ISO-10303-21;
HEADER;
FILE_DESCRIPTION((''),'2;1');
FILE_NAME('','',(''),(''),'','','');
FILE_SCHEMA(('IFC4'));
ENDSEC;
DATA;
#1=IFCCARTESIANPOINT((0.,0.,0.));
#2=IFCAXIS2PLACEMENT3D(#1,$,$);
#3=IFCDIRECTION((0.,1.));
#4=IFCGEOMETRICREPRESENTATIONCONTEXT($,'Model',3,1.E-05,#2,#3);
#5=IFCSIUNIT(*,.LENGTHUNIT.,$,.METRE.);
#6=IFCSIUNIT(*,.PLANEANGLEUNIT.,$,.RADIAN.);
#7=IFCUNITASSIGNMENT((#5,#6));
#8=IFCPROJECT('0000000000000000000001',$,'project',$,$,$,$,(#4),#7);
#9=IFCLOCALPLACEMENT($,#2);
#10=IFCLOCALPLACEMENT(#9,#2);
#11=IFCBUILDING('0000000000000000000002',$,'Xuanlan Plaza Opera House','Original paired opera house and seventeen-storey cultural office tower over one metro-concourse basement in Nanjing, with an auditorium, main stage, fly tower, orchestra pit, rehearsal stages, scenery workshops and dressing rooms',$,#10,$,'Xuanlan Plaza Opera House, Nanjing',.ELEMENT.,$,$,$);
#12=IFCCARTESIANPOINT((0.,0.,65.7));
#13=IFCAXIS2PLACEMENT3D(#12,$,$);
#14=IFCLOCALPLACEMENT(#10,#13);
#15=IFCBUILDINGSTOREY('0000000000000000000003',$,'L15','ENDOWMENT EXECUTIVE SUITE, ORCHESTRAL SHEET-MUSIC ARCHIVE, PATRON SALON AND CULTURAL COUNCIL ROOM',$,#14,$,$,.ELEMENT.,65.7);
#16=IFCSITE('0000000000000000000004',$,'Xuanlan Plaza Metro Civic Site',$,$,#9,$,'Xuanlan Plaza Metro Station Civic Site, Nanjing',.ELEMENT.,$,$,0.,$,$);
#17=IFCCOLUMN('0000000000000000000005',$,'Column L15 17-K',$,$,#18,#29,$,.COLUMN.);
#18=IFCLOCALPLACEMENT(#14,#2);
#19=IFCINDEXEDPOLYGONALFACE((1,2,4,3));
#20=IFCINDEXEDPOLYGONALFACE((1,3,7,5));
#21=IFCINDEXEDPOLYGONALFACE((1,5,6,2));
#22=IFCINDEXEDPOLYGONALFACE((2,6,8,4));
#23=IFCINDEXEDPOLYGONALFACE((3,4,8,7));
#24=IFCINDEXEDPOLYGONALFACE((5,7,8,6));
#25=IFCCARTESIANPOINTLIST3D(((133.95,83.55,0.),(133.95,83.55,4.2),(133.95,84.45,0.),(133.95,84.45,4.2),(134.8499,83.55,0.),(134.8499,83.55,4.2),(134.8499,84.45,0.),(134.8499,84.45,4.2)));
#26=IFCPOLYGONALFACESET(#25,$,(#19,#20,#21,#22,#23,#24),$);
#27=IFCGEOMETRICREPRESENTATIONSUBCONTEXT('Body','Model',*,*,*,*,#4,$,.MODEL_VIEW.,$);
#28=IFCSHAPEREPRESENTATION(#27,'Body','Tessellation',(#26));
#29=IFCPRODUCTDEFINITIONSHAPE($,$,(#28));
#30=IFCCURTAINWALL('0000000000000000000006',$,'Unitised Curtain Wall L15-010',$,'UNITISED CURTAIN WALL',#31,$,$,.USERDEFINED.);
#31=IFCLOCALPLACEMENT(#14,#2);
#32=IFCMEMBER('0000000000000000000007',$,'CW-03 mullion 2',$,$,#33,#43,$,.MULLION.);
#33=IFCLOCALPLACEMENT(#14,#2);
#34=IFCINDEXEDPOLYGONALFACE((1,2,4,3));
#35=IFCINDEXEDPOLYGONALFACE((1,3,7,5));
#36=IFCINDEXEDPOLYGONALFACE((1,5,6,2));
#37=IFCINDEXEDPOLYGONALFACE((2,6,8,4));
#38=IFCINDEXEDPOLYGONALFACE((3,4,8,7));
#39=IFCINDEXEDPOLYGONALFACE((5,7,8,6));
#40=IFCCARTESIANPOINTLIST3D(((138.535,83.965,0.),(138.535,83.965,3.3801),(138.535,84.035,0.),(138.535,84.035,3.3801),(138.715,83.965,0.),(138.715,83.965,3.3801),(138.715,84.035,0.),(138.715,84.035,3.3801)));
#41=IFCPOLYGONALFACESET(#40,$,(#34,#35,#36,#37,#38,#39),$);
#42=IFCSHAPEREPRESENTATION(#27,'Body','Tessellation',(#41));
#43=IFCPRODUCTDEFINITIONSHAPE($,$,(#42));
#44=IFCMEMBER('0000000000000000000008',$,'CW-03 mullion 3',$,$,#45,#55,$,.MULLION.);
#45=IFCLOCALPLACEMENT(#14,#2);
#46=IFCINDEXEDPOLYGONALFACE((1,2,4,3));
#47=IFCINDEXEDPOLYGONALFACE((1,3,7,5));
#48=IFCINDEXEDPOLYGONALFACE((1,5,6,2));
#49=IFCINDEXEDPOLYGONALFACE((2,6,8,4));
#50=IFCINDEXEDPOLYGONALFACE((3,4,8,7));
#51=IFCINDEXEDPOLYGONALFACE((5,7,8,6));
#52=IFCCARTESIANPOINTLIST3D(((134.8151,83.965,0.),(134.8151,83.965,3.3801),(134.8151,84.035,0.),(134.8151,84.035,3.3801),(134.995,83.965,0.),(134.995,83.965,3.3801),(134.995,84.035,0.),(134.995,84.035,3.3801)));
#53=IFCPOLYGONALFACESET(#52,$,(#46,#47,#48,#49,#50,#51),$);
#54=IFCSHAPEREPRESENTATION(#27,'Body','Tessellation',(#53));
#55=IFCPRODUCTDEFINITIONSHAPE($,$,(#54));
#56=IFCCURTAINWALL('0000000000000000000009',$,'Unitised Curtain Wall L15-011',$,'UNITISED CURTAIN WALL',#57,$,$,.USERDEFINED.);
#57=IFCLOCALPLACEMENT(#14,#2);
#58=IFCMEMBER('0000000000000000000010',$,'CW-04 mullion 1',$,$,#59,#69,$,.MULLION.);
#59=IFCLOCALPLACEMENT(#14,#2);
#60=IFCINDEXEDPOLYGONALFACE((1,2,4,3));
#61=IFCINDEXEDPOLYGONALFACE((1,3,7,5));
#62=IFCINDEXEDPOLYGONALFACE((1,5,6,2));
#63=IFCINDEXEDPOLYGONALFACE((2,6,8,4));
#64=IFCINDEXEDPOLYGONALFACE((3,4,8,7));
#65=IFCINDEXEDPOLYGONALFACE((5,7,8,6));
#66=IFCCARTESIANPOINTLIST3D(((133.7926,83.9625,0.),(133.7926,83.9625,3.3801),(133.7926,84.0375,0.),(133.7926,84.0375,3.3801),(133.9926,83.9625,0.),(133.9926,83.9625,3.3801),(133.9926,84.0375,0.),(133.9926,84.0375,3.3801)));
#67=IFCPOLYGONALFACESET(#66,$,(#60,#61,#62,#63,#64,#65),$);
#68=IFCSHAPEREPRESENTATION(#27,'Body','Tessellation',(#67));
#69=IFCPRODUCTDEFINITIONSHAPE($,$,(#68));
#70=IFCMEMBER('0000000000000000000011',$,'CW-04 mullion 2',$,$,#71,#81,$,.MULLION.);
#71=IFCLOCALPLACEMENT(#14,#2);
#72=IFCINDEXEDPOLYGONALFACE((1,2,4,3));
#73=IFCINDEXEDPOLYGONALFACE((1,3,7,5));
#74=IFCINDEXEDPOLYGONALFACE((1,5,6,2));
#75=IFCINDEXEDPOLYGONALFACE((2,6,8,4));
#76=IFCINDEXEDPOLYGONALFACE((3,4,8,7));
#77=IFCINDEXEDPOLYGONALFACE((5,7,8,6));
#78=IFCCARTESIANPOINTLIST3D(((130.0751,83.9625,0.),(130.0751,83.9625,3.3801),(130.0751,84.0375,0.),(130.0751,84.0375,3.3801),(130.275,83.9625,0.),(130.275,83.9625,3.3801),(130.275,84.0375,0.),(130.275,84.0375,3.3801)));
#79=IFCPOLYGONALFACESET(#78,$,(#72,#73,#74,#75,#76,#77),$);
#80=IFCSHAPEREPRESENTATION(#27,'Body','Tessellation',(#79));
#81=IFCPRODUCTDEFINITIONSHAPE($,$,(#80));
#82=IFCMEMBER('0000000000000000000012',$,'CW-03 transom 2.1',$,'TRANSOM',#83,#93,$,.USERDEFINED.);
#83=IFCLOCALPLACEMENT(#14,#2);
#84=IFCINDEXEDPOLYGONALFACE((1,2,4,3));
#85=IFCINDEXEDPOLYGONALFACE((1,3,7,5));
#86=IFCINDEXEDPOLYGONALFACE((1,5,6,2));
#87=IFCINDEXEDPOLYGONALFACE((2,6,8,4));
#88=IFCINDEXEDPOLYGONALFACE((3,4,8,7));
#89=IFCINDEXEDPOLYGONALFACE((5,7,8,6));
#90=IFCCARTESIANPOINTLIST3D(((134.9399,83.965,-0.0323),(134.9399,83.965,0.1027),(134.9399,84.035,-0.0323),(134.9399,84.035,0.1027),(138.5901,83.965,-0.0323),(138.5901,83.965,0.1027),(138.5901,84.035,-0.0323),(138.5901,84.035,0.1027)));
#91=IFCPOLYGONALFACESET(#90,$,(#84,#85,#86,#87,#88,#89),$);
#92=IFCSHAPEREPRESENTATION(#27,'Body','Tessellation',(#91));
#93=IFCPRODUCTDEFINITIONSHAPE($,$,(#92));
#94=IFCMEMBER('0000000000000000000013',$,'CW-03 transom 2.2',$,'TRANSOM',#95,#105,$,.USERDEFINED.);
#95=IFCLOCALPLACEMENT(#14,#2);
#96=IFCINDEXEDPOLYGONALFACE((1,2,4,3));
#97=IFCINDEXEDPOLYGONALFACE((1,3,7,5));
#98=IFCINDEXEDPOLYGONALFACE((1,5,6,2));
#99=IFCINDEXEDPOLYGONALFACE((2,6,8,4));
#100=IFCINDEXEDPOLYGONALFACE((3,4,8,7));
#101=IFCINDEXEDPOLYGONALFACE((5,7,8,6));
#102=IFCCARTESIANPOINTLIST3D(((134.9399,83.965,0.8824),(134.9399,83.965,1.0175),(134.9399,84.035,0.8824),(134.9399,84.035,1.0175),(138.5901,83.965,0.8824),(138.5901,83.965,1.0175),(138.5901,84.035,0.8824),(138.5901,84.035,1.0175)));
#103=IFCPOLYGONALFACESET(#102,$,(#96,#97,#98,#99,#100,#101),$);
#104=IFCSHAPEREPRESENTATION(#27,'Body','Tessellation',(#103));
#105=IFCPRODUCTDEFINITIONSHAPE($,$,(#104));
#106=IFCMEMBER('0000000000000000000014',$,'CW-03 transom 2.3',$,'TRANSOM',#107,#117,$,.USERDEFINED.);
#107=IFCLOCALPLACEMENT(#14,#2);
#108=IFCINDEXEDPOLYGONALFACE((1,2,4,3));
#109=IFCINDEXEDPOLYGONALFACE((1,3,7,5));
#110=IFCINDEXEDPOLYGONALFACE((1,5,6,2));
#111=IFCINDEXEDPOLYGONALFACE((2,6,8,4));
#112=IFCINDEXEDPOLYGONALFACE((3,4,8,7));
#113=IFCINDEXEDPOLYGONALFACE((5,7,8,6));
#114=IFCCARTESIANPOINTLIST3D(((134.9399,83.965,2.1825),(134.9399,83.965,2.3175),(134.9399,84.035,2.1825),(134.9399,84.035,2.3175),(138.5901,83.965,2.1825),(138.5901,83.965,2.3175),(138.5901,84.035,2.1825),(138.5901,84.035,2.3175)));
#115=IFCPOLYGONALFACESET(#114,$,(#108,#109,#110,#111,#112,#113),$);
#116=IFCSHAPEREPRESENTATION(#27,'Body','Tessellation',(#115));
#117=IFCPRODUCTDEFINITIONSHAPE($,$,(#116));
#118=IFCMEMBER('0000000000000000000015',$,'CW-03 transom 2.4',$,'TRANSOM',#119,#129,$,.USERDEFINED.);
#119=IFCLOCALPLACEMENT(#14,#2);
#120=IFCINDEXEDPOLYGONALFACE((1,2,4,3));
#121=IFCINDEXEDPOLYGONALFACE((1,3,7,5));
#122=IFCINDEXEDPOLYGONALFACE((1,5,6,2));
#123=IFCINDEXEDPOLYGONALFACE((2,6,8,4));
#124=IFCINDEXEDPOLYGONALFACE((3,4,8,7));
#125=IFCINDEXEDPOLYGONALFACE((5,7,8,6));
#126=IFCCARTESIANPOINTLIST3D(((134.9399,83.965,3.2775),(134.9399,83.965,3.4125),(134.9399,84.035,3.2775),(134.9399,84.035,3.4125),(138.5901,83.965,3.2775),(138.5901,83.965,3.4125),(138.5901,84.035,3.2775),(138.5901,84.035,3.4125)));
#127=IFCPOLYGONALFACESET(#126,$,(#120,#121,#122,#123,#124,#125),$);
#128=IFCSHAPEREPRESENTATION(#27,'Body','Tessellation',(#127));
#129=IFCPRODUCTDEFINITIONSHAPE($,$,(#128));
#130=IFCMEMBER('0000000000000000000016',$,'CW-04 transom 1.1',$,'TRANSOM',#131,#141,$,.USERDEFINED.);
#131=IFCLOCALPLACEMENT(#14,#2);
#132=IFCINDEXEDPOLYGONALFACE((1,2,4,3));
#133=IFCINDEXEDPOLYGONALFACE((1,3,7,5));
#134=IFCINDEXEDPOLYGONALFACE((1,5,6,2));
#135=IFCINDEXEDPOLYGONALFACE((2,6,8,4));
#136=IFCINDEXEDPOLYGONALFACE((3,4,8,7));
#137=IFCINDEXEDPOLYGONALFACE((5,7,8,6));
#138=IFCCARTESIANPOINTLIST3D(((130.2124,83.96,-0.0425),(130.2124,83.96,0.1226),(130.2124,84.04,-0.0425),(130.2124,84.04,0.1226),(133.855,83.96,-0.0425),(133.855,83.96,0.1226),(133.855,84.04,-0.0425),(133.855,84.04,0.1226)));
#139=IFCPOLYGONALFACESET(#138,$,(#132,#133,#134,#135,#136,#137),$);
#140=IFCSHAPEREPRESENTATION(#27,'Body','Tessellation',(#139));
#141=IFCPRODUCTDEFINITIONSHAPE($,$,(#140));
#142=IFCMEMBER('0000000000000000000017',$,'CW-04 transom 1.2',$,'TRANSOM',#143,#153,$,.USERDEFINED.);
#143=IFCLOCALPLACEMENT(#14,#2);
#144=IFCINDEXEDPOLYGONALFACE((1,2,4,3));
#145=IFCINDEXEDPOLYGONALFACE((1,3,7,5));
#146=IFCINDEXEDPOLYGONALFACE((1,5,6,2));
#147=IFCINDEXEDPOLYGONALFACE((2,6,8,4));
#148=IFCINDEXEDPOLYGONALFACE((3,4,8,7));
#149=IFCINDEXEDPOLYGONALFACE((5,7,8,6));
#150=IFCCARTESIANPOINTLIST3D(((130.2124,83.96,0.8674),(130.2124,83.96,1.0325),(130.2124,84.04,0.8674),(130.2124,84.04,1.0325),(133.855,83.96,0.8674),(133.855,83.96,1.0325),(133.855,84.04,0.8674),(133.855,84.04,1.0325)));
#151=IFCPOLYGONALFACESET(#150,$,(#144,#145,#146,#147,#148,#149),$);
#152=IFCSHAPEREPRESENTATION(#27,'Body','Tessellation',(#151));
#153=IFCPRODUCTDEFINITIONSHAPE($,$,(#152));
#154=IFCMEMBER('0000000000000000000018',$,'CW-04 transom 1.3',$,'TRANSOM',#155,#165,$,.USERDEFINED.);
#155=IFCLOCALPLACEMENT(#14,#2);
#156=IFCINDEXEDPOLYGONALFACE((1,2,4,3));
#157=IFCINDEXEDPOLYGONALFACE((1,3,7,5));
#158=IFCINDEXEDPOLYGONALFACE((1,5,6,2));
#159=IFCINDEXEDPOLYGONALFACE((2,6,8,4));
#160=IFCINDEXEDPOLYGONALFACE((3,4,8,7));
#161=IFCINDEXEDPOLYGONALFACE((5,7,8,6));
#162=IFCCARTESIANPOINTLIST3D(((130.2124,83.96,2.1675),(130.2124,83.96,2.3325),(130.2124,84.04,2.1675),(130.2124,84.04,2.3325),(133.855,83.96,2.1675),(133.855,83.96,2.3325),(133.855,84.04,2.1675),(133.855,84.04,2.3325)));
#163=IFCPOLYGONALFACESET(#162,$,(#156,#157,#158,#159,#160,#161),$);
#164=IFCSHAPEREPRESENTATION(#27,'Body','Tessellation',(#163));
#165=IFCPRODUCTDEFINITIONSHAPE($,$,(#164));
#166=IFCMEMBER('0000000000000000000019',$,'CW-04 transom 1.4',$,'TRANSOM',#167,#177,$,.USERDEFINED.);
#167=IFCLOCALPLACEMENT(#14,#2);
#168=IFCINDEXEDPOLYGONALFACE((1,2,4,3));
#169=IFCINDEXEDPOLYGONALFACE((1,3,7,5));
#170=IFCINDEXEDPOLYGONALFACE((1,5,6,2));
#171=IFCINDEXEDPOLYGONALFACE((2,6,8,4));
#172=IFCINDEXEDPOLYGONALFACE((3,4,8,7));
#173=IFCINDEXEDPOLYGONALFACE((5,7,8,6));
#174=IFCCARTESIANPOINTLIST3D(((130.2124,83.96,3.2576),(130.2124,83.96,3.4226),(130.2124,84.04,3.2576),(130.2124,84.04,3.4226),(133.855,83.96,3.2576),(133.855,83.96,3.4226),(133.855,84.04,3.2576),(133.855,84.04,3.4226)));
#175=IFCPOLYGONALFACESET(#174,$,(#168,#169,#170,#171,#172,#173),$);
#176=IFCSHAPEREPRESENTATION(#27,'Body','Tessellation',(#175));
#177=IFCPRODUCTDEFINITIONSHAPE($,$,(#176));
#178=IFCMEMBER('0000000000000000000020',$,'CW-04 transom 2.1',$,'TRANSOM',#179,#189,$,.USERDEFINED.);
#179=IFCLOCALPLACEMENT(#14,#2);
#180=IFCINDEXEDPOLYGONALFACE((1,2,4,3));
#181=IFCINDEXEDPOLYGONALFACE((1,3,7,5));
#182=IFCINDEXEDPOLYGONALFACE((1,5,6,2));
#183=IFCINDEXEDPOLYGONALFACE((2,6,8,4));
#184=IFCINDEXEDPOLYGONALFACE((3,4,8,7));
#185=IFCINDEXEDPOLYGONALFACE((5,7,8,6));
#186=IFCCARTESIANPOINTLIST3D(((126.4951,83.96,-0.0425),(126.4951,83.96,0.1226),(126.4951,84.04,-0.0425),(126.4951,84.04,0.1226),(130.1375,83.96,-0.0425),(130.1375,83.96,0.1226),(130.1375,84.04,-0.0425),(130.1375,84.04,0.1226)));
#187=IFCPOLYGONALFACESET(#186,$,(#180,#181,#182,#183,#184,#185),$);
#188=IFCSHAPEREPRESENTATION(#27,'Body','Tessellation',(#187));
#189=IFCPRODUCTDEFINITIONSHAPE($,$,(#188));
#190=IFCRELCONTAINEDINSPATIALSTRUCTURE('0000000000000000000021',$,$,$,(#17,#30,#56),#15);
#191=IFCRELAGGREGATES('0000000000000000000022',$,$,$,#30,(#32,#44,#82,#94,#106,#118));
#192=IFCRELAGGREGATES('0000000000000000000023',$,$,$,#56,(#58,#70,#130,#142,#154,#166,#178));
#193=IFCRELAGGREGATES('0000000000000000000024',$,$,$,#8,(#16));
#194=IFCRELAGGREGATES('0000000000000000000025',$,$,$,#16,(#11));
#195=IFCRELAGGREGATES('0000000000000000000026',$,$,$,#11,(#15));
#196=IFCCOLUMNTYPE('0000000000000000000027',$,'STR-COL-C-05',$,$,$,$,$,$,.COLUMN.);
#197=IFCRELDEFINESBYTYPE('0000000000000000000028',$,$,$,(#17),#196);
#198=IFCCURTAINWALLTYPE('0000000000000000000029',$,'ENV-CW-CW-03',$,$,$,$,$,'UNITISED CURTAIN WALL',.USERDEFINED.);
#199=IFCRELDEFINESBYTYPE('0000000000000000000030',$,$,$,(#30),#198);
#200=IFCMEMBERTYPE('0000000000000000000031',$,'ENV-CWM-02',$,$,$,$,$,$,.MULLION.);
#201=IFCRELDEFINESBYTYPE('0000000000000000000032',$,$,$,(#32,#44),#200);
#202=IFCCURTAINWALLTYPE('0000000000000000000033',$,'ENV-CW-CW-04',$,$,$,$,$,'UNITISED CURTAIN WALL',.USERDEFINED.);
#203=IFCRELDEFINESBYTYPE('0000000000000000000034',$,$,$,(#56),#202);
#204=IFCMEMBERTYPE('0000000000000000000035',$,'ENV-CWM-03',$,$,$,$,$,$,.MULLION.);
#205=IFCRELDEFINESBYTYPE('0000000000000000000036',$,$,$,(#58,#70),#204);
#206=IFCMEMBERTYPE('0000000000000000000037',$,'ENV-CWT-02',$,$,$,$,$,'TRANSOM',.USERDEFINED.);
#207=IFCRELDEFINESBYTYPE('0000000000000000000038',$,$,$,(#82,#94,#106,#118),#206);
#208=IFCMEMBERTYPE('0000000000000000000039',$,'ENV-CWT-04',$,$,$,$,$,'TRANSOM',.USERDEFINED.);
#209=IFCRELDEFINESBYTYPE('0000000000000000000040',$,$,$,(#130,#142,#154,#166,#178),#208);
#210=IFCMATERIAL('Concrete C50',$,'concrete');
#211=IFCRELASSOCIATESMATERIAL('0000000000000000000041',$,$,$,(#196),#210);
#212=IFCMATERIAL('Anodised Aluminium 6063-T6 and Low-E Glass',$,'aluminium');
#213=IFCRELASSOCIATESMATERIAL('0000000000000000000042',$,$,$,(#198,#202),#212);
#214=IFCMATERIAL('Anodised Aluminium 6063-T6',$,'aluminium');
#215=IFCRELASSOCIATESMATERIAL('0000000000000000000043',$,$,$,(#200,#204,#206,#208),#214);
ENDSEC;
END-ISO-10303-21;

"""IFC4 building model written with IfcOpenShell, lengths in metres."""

from ifc_helpers import new_model, si_unit, direction, frame, origin, origin_2d, place, context, subcontext, project, spatial, rectangle, extrude, material, material_profile, profile_set, type_object, element, aggregate, save


model = new_model("IFC4")

# Units and contexts
model_context = context("Model", 3, precision=1e-05, world=origin(), true_north=direction((0.0, 1.0)))
body_context = subcontext(model_context, "Body", "Model", "MODEL_VIEW")
ifc_project = project(units=[si_unit("LENGTHUNIT", "METRE"), si_unit("PLANEANGLEUNIT", "RADIAN")], contexts=[model_context])

# Site, building, storey
site_placement = place(None, origin())
site = spatial("IfcSite", under=ifc_project, at=site_placement, Name="Xuanlan Plaza Metro Civic Site", LongName="Xuanlan Plaza Metro Station Civic Site, Nanjing", CompositionType="ELEMENT", RefElevation=0.0)
building_placement = place(site_placement, origin())
building = spatial("IfcBuilding", under=site, at=building_placement, Name="Xuanlan Plaza Opera House", Description="Original paired opera house and seventeen-storey cultural office tower over one metro-concourse basement in Nanjing, with an auditorium, main stage, fly tower, orchestra pit, rehearsal stages, scenery workshops and dressing rooms", LongName="Xuanlan Plaza Opera House, Nanjing", CompositionType="ELEMENT")
storey_placement = place(building_placement, frame((0.0, 0.0, 65.7)))
storey = spatial("IfcBuildingStorey", under=building, at=storey_placement, Name="L15", Description="ENDOWMENT EXECUTIVE SUITE, ORCHESTRAL SHEET-MUSIC ARCHIVE, PATRON SALON AND CULTURAL COUNCIL ROOM", CompositionType="ELEMENT", Elevation=65.7)

# Column
ifc_material_1 = material(Name="Concrete C50", Category="concrete")
ifc_material_profile_1 = material_profile(ifc_material_1, rectangle(XDim=0.8999, YDim=0.8999, at=origin_2d()), Name="RC-COL 900x900")
ifc_profile_set_1 = profile_set([ifc_material_profile_1], Name="Concrete C50")
column_type = type_object("IfcColumnType", Name="STR-COL-C-05", PredefinedType="COLUMN", material=ifc_profile_set_1)
column_placement = place(storey_placement, frame((134.3999, 84.0, 0.0), z_axis=(0.0, 0.0, 1.0), x_axis=(1.0, 0.0, 0.0)))
element("IfcColumn", 1, at=column_placement, inside=storey, type_object=column_type, Name="Column L15 17-K", PredefinedType="COLUMN", context=body_context, shape_type="SweptSolid", body=[
    extrude(rectangle(XDim=0.8999, YDim=0.8999, at=origin_2d()), origin(), (0.0, 0.0, 1.0), 4.2),
])

# Curtain walls, members
ifc_material_2 = material(Name="Anodised Aluminium 6063-T6 and Low-E Glass", Category="aluminium")
curtain_wall_type_1 = type_object("IfcCurtainWallType", Name="ENV-CW-CW-03", ElementType="UNITISED CURTAIN WALL", PredefinedType="USERDEFINED", material=ifc_material_2)
curtain_wall_1_placement = place(storey_placement, origin())
curtain_wall_1 = element("IfcCurtainWall", 2, at=curtain_wall_1_placement, inside=storey, type_object=curtain_wall_type_1, Name="Unitised Curtain Wall L15-010", ObjectType="UNITISED CURTAIN WALL", PredefinedType="USERDEFINED")
ifc_material_3 = material(Name="Anodised Aluminium 6063-T6", Category="aluminium")
ifc_material_profile_2 = material_profile(ifc_material_3, rectangle(XDim=0.0701, YDim=0.1799, at=origin_2d()), Name="ALU-M 70x180")
ifc_profile_set_2 = profile_set([ifc_material_profile_2], Name="Anodised Aluminium 6063-T6")
member_type_1 = type_object("IfcMemberType", Name="ENV-CWM-02", PredefinedType="MULLION", material=ifc_profile_set_2)
member_1_placement = place(storey_placement, frame((138.625, 84.0, 0.0), z_axis=(0.0, 0.0, 1.0), x_axis=(0.0, -1.0, 0.0)))
member_1 = element("IfcMember", 3, at=member_1_placement, type_object=member_type_1, Name="CW-03 mullion 2", PredefinedType="MULLION", context=body_context, shape_type="SweptSolid", body=[
    extrude(rectangle(XDim=0.0701, YDim=0.1799, at=origin_2d()), origin(), (0.0, 0.0, 1.0), 3.3801),
])
member_2_placement = place(storey_placement, frame((134.905, 84.0, 0.0), z_axis=(0.0, 0.0, 1.0), x_axis=(0.0, -1.0, 0.0)))
member_2 = element("IfcMember", 4, at=member_2_placement, type_object=member_type_1, Name="CW-03 mullion 3", PredefinedType="MULLION", context=body_context, shape_type="SweptSolid", body=[
    extrude(rectangle(XDim=0.0701, YDim=0.1799, at=origin_2d()), origin(), (0.0, 0.0, 1.0), 3.3801),
])
curtain_wall_type_2 = type_object("IfcCurtainWallType", Name="ENV-CW-CW-04", ElementType="UNITISED CURTAIN WALL", PredefinedType="USERDEFINED", material=ifc_material_2)
curtain_wall_2_placement = place(storey_placement, origin())
curtain_wall_2 = element("IfcCurtainWall", 5, at=curtain_wall_2_placement, inside=storey, type_object=curtain_wall_type_2, Name="Unitised Curtain Wall L15-011", ObjectType="UNITISED CURTAIN WALL", PredefinedType="USERDEFINED")
ifc_material_profile_3 = material_profile(ifc_material_3, rectangle(XDim=0.075, YDim=0.2, at=origin_2d()), Name="ALU-M 75x200")
ifc_profile_set_3 = profile_set([ifc_material_profile_3], Name="Anodised Aluminium 6063-T6")
member_type_2 = type_object("IfcMemberType", Name="ENV-CWM-03", PredefinedType="MULLION", material=ifc_profile_set_3)
member_3_placement = place(storey_placement, frame((133.8926, 84.0, 0.0), z_axis=(0.0, 0.0, 1.0), x_axis=(0.0, -1.0, 0.0)))
member_3 = element("IfcMember", 6, at=member_3_placement, type_object=member_type_2, Name="CW-04 mullion 1", PredefinedType="MULLION", context=body_context, shape_type="SweptSolid", body=[
    extrude(rectangle(XDim=0.075, YDim=0.2, at=origin_2d()), origin(), (0.0, 0.0, 1.0), 3.3801),
])
member_4_placement = place(storey_placement, frame((130.175, 84.0, 0.0), z_axis=(0.0, 0.0, 1.0), x_axis=(0.0, -1.0, 0.0)))
member_4 = element("IfcMember", 7, at=member_4_placement, type_object=member_type_2, Name="CW-04 mullion 2", PredefinedType="MULLION", context=body_context, shape_type="SweptSolid", body=[
    extrude(rectangle(XDim=0.075, YDim=0.2, at=origin_2d()), origin(), (0.0, 0.0, 1.0), 3.3801),
])

# Members
ifc_material_profile_4 = material_profile(ifc_material_3, rectangle(XDim=0.0701, YDim=0.135, at=origin_2d()), Name="ALU-T 70x135")
ifc_profile_set_4 = profile_set([ifc_material_profile_4], Name="Anodised Aluminium 6063-T6")
member_type_3 = type_object("IfcMemberType", Name="ENV-CWT-02", ElementType="TRANSOM", PredefinedType="USERDEFINED", material=ifc_profile_set_4)
member_5_placement = place(storey_placement, frame((138.5901, 84.0, 0.0352), z_axis=(-1.0, 0.0, 0.0), x_axis=(0.0, -1.0, 0.0)))
member_5 = element("IfcMember", 8, at=member_5_placement, type_object=member_type_3, Name="CW-03 transom 2.1", ObjectType="TRANSOM", PredefinedType="USERDEFINED", context=body_context, shape_type="SweptSolid", body=[
    extrude(rectangle(XDim=0.0701, YDim=0.135, at=origin_2d()), origin(), (0.0, 0.0, 1.0), 3.6501),
])
member_6_placement = place(storey_placement, frame((138.5901, 84.0, 0.95), z_axis=(-1.0, 0.0, 0.0), x_axis=(0.0, -1.0, 0.0)))
member_6 = element("IfcMember", 9, at=member_6_placement, type_object=member_type_3, Name="CW-03 transom 2.2", ObjectType="TRANSOM", PredefinedType="USERDEFINED", context=body_context, shape_type="SweptSolid", body=[
    extrude(rectangle(XDim=0.0701, YDim=0.135, at=origin_2d()), origin(), (0.0, 0.0, 1.0), 3.6501),
])
member_7_placement = place(storey_placement, frame((138.5901, 84.0, 2.25), z_axis=(-1.0, 0.0, 0.0), x_axis=(0.0, -1.0, 0.0)))
member_7 = element("IfcMember", 10, at=member_7_placement, type_object=member_type_3, Name="CW-03 transom 2.3", ObjectType="TRANSOM", PredefinedType="USERDEFINED", context=body_context, shape_type="SweptSolid", body=[
    extrude(rectangle(XDim=0.0701, YDim=0.135, at=origin_2d()), origin(), (0.0, 0.0, 1.0), 3.6501),
])
member_8_placement = place(storey_placement, frame((138.5901, 84.0, 3.345), z_axis=(-1.0, 0.0, 0.0), x_axis=(0.0, -1.0, 0.0)))
member_8 = element("IfcMember", 11, at=member_8_placement, type_object=member_type_3, Name="CW-03 transom 2.4", ObjectType="TRANSOM", PredefinedType="USERDEFINED", context=body_context, shape_type="SweptSolid", body=[
    extrude(rectangle(XDim=0.0701, YDim=0.135, at=origin_2d()), origin(), (0.0, 0.0, 1.0), 3.6501),
])
ifc_material_profile_5 = material_profile(ifc_material_3, rectangle(XDim=0.0801, YDim=0.165, at=origin_2d()), Name="ALU-T 80x165")
ifc_profile_set_5 = profile_set([ifc_material_profile_5], Name="Anodised Aluminium 6063-T6")
member_type_4 = type_object("IfcMemberType", Name="ENV-CWT-04", ElementType="TRANSOM", PredefinedType="USERDEFINED", material=ifc_profile_set_5)
member_9_placement = place(storey_placement, frame((133.855, 84.0, 0.04), z_axis=(-1.0, 0.0, 0.0), x_axis=(0.0, -1.0, 0.0)))
member_9 = element("IfcMember", 12, at=member_9_placement, type_object=member_type_4, Name="CW-04 transom 1.1", ObjectType="TRANSOM", PredefinedType="USERDEFINED", context=body_context, shape_type="SweptSolid", body=[
    extrude(rectangle(XDim=0.0801, YDim=0.165, at=origin_2d()), origin(), (0.0, 0.0, 1.0), 3.6426),
])
member_10_placement = place(storey_placement, frame((133.855, 84.0, 0.95), z_axis=(-1.0, 0.0, 0.0), x_axis=(0.0, -1.0, 0.0)))
member_10 = element("IfcMember", 13, at=member_10_placement, type_object=member_type_4, Name="CW-04 transom 1.2", ObjectType="TRANSOM", PredefinedType="USERDEFINED", context=body_context, shape_type="SweptSolid", body=[
    extrude(rectangle(XDim=0.0801, YDim=0.165, at=origin_2d()), origin(), (0.0, 0.0, 1.0), 3.6426),
])
member_11_placement = place(storey_placement, frame((133.855, 84.0, 2.25), z_axis=(-1.0, 0.0, 0.0), x_axis=(0.0, -1.0, 0.0)))
member_11 = element("IfcMember", 14, at=member_11_placement, type_object=member_type_4, Name="CW-04 transom 1.3", ObjectType="TRANSOM", PredefinedType="USERDEFINED", context=body_context, shape_type="SweptSolid", body=[
    extrude(rectangle(XDim=0.0801, YDim=0.165, at=origin_2d()), origin(), (0.0, 0.0, 1.0), 3.6426),
])
member_12_placement = place(storey_placement, frame((133.855, 84.0, 3.3401), z_axis=(-1.0, 0.0, 0.0), x_axis=(0.0, -1.0, 0.0)))
member_12 = element("IfcMember", 15, at=member_12_placement, type_object=member_type_4, Name="CW-04 transom 1.4", ObjectType="TRANSOM", PredefinedType="USERDEFINED", context=body_context, shape_type="SweptSolid", body=[
    extrude(rectangle(XDim=0.0801, YDim=0.165, at=origin_2d()), origin(), (0.0, 0.0, 1.0), 3.6426),
])
member_13_placement = place(storey_placement, frame((130.1375, 84.0, 0.04), z_axis=(-1.0, 0.0, 0.0), x_axis=(0.0, -1.0, 0.0)))
member_13 = element("IfcMember", 16, at=member_13_placement, type_object=member_type_4, Name="CW-04 transom 2.1", ObjectType="TRANSOM", PredefinedType="USERDEFINED", context=body_context, shape_type="SweptSolid", body=[
    extrude(rectangle(XDim=0.0801, YDim=0.165, at=origin_2d()), origin(), (0.0, 0.0, 1.0), 3.6423),
])

aggregate(curtain_wall_1, [member_1, member_2, member_5, member_6, member_7, member_8])
aggregate(curtain_wall_2, [member_3, member_4, member_9, member_10, member_11, member_12, member_13])

save(model, "model.ifc")
